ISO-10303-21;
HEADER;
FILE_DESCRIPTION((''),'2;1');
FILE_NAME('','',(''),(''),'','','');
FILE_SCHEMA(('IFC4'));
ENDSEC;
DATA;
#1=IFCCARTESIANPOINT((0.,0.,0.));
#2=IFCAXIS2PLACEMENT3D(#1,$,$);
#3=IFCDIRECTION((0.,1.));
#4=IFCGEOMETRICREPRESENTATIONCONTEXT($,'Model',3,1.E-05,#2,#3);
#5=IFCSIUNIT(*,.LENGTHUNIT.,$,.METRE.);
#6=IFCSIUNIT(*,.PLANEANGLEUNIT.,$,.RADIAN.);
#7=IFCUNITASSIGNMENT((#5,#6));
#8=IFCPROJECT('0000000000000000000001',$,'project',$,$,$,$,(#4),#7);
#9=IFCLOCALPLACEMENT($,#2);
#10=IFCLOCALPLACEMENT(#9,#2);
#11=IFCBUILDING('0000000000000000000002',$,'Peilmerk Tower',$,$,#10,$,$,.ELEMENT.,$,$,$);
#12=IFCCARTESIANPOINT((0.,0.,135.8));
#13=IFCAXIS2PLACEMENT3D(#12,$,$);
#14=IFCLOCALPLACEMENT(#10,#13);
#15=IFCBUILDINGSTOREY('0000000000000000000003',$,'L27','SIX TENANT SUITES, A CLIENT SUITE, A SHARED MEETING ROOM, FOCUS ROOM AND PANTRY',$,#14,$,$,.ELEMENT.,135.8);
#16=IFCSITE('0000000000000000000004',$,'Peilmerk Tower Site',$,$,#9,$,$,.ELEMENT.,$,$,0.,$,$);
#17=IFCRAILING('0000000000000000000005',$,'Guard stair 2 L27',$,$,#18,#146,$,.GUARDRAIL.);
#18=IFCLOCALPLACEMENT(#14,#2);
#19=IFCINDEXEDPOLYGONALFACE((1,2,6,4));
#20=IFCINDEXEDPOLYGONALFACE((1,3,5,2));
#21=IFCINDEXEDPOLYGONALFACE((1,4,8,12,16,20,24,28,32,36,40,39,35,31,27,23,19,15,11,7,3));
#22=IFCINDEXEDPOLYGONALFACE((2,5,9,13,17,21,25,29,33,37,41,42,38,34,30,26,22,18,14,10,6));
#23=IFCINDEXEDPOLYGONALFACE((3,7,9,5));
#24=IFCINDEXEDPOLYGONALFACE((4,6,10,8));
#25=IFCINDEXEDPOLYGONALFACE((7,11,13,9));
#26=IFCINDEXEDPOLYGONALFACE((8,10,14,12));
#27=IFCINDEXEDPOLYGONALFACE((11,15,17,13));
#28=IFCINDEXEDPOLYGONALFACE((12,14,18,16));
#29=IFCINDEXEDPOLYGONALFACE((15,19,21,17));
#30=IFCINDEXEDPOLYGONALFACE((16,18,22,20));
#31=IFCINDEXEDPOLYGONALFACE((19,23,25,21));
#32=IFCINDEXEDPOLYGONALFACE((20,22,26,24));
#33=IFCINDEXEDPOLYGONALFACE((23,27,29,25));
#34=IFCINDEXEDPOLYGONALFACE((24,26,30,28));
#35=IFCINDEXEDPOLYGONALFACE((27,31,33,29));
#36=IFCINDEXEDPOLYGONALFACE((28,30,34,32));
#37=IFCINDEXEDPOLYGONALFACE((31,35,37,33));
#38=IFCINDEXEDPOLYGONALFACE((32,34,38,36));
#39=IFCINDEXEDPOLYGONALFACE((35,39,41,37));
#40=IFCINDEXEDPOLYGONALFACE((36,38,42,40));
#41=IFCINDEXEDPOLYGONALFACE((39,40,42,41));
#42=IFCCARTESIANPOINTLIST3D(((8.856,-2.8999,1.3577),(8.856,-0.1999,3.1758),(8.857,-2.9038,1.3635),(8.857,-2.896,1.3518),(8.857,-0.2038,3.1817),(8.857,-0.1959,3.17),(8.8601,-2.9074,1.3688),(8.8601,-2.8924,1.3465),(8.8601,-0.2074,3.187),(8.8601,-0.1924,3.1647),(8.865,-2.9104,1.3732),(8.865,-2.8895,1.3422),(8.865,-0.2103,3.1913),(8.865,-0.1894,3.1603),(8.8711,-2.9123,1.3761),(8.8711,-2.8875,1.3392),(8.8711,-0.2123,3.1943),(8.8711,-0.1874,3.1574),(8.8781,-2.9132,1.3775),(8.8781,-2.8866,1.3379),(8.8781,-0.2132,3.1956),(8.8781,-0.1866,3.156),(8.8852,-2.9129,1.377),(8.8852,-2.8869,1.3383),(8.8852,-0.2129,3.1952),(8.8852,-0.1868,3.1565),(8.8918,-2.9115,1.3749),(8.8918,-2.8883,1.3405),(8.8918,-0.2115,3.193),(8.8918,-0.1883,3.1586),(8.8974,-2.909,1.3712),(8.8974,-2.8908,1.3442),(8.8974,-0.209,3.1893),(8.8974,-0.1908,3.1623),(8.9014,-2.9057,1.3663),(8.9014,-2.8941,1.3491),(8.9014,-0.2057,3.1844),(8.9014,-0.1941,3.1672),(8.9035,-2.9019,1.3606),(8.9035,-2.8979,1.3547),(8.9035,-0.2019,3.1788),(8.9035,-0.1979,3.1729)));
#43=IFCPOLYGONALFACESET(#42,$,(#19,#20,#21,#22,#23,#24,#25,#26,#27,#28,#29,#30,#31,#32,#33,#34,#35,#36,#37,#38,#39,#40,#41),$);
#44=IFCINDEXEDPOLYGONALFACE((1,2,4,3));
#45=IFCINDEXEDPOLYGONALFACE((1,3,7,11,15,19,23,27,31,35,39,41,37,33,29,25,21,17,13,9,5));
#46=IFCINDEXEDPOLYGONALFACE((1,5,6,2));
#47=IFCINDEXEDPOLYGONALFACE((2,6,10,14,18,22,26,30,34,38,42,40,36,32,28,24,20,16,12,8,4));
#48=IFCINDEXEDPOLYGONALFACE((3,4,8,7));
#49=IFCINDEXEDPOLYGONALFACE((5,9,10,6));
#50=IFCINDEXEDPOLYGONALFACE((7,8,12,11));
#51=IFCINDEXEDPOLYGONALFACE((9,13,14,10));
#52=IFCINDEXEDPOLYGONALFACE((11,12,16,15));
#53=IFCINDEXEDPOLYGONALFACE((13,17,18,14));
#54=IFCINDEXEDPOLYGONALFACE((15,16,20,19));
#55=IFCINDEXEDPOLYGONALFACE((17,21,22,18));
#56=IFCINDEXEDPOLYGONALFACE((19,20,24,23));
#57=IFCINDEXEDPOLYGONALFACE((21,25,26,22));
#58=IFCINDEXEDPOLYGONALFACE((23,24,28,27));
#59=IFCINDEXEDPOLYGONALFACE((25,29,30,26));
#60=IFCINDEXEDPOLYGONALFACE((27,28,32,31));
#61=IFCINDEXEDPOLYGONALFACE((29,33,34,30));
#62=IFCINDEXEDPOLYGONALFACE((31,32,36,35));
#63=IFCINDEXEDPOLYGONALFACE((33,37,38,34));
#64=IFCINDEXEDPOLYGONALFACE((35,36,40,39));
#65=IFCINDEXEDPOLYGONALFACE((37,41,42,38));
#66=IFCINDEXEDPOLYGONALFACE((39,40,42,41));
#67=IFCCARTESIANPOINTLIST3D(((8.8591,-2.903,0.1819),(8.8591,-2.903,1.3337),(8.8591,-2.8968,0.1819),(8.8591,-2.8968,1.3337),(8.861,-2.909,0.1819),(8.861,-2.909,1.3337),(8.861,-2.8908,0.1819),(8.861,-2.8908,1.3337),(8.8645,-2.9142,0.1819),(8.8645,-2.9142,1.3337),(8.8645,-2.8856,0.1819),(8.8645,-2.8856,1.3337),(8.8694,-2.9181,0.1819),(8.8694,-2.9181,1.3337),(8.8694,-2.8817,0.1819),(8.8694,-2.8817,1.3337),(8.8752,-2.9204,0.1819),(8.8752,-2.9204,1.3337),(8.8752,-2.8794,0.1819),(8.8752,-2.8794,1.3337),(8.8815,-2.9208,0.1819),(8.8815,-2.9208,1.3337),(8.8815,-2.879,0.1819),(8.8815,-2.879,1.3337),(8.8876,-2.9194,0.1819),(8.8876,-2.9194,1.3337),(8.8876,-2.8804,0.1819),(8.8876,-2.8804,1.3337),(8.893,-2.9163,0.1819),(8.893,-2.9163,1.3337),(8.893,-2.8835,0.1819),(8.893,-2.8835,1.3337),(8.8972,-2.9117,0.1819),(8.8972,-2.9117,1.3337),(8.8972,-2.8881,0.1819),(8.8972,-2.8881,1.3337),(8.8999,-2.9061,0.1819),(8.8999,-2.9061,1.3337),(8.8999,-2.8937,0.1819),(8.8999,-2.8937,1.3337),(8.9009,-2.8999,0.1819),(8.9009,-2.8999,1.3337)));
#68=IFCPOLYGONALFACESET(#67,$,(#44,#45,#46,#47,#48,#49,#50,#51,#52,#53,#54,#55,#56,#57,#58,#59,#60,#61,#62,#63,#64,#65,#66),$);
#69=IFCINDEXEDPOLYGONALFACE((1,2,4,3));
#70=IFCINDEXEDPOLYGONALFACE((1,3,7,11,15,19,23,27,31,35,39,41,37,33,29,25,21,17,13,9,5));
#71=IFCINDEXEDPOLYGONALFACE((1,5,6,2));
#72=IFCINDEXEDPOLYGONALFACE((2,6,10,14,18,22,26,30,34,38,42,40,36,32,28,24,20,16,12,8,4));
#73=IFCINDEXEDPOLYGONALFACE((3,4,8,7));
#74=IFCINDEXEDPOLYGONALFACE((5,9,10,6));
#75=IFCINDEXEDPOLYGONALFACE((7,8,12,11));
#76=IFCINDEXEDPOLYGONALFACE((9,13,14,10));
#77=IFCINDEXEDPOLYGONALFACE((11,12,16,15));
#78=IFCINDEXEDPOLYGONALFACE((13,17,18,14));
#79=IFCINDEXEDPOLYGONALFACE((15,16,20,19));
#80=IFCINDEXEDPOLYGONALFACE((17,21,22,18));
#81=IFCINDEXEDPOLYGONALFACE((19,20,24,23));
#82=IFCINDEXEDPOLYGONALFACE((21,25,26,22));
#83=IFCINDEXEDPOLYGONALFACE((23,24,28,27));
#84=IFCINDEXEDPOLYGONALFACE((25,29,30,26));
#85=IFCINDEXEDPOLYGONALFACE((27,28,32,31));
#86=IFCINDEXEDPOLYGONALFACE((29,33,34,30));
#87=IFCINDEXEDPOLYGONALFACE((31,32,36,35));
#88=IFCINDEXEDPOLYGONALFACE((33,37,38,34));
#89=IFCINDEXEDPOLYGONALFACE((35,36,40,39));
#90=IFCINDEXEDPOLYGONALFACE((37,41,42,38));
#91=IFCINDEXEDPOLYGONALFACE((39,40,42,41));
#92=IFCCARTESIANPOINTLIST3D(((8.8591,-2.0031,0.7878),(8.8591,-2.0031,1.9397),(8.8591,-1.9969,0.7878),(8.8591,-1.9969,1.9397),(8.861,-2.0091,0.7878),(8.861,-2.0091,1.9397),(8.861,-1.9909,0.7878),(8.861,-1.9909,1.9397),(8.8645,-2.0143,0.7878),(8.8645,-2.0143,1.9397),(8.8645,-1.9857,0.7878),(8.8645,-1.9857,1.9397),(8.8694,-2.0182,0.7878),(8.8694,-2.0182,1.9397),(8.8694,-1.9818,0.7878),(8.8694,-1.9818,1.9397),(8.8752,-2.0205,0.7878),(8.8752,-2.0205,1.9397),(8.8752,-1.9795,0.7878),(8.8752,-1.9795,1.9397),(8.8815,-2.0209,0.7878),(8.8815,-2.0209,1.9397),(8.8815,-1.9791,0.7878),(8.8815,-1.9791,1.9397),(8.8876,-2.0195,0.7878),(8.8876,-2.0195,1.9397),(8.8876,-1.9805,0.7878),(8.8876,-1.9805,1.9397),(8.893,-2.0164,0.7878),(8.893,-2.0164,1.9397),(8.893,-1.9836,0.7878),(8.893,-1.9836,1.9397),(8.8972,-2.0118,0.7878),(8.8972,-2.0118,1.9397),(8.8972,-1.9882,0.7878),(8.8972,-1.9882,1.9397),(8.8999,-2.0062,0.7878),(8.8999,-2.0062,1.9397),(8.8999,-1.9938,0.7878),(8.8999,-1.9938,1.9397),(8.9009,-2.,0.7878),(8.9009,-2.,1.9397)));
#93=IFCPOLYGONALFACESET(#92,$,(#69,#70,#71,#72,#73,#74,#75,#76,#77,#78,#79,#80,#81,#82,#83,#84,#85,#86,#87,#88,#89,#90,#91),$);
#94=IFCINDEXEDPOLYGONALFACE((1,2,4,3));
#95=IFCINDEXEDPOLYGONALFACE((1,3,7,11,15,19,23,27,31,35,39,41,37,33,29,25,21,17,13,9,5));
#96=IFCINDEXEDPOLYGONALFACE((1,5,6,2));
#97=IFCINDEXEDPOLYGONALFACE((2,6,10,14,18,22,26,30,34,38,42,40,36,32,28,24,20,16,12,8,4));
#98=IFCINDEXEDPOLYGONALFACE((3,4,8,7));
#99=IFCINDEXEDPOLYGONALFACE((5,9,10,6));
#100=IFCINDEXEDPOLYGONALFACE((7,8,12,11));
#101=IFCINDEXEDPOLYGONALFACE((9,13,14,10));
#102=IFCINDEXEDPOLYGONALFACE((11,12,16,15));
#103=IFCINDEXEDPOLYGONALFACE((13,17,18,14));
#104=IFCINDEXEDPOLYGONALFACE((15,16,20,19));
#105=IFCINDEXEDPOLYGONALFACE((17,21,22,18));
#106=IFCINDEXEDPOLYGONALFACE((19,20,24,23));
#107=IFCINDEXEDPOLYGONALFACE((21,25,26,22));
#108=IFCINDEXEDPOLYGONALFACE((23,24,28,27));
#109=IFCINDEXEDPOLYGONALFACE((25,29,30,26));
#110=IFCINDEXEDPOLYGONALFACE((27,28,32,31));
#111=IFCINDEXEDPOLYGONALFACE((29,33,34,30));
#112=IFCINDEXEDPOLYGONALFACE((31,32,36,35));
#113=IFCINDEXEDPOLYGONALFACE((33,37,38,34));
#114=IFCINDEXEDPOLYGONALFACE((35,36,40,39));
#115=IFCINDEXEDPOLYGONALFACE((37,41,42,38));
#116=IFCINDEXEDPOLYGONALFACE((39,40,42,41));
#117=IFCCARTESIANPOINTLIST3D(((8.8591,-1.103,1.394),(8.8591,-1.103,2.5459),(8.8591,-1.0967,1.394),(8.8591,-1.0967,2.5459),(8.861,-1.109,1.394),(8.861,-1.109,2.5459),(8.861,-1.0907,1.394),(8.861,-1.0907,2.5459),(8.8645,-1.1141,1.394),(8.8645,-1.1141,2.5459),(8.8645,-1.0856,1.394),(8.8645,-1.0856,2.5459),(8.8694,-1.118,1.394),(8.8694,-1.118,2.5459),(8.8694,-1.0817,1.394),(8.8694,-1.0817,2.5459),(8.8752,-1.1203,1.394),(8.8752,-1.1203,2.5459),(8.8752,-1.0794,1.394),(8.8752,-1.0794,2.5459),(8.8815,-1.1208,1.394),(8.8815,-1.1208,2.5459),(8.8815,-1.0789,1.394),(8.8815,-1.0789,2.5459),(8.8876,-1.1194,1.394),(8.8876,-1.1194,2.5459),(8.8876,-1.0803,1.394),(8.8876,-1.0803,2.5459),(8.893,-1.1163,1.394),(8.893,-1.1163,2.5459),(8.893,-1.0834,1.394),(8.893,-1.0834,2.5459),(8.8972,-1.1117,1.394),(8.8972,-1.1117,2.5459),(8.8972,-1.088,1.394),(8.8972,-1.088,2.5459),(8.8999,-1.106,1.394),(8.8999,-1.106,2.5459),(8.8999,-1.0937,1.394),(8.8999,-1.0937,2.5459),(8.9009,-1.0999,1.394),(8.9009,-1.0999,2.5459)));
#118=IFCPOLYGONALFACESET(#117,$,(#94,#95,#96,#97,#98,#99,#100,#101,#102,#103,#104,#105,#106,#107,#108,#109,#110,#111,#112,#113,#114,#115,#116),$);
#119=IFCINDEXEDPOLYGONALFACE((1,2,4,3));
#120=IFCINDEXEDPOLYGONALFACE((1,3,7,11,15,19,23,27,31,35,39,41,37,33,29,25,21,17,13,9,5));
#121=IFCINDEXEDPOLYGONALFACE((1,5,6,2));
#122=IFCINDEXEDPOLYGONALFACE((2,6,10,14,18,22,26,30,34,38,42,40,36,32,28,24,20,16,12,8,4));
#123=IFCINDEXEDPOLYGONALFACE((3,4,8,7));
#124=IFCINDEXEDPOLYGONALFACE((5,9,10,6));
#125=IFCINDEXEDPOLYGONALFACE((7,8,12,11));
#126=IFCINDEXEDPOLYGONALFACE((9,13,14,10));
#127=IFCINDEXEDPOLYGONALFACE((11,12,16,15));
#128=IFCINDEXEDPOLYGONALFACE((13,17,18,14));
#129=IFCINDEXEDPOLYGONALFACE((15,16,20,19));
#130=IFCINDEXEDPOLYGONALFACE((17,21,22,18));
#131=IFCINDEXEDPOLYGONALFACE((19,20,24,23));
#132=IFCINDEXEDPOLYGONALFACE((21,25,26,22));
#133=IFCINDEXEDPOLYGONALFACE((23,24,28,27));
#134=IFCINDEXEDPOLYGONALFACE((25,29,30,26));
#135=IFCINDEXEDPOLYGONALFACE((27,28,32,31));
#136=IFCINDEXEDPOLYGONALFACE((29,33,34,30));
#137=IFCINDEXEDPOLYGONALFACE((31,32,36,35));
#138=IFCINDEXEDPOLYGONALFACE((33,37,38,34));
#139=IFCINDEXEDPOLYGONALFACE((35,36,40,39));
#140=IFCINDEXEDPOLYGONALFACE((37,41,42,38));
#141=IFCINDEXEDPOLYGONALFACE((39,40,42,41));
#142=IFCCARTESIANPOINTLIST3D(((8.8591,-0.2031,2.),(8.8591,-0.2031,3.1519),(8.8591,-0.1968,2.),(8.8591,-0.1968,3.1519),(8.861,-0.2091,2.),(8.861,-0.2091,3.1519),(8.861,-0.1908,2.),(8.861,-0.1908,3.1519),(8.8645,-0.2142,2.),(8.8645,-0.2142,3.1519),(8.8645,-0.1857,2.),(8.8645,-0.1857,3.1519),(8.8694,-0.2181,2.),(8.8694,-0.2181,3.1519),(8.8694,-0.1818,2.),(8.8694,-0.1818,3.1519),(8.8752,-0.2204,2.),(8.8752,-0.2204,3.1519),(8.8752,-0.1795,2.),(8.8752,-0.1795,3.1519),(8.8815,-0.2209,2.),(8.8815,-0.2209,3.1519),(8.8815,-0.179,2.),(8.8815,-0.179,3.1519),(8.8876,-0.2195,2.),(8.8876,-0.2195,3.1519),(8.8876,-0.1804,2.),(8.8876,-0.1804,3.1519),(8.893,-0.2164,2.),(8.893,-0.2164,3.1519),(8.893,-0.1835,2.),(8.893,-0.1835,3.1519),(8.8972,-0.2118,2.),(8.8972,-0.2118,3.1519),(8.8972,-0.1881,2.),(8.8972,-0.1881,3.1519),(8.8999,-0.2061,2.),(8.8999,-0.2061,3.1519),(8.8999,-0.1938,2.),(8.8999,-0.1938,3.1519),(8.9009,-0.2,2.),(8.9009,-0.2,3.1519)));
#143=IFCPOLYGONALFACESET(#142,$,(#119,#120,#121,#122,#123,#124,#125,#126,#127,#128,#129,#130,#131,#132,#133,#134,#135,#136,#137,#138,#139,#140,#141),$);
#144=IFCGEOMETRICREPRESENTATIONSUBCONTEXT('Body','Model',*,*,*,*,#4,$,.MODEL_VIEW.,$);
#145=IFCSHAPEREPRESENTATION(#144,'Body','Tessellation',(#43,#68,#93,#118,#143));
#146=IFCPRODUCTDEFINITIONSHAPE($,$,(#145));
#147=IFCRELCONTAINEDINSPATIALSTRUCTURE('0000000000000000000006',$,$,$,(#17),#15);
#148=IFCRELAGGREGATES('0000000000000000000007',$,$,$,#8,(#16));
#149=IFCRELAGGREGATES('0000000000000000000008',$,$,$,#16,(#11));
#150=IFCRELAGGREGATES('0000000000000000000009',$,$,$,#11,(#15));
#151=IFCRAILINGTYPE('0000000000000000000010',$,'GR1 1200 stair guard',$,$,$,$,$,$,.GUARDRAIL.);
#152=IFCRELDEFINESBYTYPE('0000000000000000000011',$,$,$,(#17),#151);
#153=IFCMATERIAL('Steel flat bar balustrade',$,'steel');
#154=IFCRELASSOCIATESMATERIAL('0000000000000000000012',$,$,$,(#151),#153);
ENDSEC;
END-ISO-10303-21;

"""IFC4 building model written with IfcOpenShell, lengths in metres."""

from ifc_helpers import new_model, si_unit, direction, frame, origin, origin_2d, place, context, subcontext, project, spatial, circle, extrude, material, type_object, element, save


model = new_model("IFC4")

# Units and contexts
model_context = context("Model", 3, precision=1e-05, world=origin(), true_north=direction((0.0, 1.0)))
body_context = subcontext(model_context, "Body", "Model", "MODEL_VIEW")
ifc_project = project(units=[si_unit("LENGTHUNIT", "METRE"), si_unit("PLANEANGLEUNIT", "RADIAN")], contexts=[model_context])

# Site, building, storey
site_placement = place(None, origin())
site = spatial("IfcSite", under=ifc_project, at=site_placement, Name="Peilmerk Tower Site", CompositionType="ELEMENT", RefElevation=0.0)
building_placement = place(site_placement, origin())
building = spatial("IfcBuilding", under=site, at=building_placement, Name="Peilmerk Tower", CompositionType="ELEMENT")
storey_placement = place(building_placement, frame((0.0, 0.0, 135.8)))
storey = spatial("IfcBuildingStorey", under=building, at=storey_placement, Name="L27", Description="SIX TENANT SUITES, A CLIENT SUITE, A SHARED MEETING ROOM, FOCUS ROOM AND PANTRY", CompositionType="ELEMENT", Elevation=135.8)

# Railing
ifc_material_1 = material(Name="Steel flat bar balustrade", Category="steel")
railing_type_1 = type_object("IfcRailingType", Name="GR1 1200 stair guard", PredefinedType="GUARDRAIL", material=ifc_material_1)
railing_1_placement = place(storey_placement, frame((8.8799, -2.8999, 0.1819)))
element("IfcRailing", 1, at=railing_1_placement, inside=storey, type_object=railing_type_1, Name="Guard stair 2 L27", PredefinedType="GUARDRAIL", context=body_context, shape_type="SweptSolid", body=[
    extrude(circle(Radius=0.0239, at=origin_2d()), frame((0.0, 0.0, 1.1758), z_axis=(0.0, 0.829468, 0.558554), x_axis=(-1.0, 0.0, 0.0)), (0.0, 0.0, 1.0), 3.2551),
    extrude(circle(Radius=0.021, at=origin_2d()), origin(), (0.0, 0.0, 1.0), 1.1519),
    extrude(circle(Radius=0.021, at=origin_2d()), frame((0.0, 0.8999, 0.606)), (0.0, 0.0, 1.0), 1.1519),
    extrude(circle(Radius=0.021, at=origin_2d()), frame((0.0, 1.8, 1.2122)), (0.0, 0.0, 1.0), 1.1519),
    extrude(circle(Radius=0.021, at=origin_2d()), frame((0.0, 2.7, 1.8181)), (0.0, 0.0, 1.0), 1.1519),
])

save(model, "model.ifc")
